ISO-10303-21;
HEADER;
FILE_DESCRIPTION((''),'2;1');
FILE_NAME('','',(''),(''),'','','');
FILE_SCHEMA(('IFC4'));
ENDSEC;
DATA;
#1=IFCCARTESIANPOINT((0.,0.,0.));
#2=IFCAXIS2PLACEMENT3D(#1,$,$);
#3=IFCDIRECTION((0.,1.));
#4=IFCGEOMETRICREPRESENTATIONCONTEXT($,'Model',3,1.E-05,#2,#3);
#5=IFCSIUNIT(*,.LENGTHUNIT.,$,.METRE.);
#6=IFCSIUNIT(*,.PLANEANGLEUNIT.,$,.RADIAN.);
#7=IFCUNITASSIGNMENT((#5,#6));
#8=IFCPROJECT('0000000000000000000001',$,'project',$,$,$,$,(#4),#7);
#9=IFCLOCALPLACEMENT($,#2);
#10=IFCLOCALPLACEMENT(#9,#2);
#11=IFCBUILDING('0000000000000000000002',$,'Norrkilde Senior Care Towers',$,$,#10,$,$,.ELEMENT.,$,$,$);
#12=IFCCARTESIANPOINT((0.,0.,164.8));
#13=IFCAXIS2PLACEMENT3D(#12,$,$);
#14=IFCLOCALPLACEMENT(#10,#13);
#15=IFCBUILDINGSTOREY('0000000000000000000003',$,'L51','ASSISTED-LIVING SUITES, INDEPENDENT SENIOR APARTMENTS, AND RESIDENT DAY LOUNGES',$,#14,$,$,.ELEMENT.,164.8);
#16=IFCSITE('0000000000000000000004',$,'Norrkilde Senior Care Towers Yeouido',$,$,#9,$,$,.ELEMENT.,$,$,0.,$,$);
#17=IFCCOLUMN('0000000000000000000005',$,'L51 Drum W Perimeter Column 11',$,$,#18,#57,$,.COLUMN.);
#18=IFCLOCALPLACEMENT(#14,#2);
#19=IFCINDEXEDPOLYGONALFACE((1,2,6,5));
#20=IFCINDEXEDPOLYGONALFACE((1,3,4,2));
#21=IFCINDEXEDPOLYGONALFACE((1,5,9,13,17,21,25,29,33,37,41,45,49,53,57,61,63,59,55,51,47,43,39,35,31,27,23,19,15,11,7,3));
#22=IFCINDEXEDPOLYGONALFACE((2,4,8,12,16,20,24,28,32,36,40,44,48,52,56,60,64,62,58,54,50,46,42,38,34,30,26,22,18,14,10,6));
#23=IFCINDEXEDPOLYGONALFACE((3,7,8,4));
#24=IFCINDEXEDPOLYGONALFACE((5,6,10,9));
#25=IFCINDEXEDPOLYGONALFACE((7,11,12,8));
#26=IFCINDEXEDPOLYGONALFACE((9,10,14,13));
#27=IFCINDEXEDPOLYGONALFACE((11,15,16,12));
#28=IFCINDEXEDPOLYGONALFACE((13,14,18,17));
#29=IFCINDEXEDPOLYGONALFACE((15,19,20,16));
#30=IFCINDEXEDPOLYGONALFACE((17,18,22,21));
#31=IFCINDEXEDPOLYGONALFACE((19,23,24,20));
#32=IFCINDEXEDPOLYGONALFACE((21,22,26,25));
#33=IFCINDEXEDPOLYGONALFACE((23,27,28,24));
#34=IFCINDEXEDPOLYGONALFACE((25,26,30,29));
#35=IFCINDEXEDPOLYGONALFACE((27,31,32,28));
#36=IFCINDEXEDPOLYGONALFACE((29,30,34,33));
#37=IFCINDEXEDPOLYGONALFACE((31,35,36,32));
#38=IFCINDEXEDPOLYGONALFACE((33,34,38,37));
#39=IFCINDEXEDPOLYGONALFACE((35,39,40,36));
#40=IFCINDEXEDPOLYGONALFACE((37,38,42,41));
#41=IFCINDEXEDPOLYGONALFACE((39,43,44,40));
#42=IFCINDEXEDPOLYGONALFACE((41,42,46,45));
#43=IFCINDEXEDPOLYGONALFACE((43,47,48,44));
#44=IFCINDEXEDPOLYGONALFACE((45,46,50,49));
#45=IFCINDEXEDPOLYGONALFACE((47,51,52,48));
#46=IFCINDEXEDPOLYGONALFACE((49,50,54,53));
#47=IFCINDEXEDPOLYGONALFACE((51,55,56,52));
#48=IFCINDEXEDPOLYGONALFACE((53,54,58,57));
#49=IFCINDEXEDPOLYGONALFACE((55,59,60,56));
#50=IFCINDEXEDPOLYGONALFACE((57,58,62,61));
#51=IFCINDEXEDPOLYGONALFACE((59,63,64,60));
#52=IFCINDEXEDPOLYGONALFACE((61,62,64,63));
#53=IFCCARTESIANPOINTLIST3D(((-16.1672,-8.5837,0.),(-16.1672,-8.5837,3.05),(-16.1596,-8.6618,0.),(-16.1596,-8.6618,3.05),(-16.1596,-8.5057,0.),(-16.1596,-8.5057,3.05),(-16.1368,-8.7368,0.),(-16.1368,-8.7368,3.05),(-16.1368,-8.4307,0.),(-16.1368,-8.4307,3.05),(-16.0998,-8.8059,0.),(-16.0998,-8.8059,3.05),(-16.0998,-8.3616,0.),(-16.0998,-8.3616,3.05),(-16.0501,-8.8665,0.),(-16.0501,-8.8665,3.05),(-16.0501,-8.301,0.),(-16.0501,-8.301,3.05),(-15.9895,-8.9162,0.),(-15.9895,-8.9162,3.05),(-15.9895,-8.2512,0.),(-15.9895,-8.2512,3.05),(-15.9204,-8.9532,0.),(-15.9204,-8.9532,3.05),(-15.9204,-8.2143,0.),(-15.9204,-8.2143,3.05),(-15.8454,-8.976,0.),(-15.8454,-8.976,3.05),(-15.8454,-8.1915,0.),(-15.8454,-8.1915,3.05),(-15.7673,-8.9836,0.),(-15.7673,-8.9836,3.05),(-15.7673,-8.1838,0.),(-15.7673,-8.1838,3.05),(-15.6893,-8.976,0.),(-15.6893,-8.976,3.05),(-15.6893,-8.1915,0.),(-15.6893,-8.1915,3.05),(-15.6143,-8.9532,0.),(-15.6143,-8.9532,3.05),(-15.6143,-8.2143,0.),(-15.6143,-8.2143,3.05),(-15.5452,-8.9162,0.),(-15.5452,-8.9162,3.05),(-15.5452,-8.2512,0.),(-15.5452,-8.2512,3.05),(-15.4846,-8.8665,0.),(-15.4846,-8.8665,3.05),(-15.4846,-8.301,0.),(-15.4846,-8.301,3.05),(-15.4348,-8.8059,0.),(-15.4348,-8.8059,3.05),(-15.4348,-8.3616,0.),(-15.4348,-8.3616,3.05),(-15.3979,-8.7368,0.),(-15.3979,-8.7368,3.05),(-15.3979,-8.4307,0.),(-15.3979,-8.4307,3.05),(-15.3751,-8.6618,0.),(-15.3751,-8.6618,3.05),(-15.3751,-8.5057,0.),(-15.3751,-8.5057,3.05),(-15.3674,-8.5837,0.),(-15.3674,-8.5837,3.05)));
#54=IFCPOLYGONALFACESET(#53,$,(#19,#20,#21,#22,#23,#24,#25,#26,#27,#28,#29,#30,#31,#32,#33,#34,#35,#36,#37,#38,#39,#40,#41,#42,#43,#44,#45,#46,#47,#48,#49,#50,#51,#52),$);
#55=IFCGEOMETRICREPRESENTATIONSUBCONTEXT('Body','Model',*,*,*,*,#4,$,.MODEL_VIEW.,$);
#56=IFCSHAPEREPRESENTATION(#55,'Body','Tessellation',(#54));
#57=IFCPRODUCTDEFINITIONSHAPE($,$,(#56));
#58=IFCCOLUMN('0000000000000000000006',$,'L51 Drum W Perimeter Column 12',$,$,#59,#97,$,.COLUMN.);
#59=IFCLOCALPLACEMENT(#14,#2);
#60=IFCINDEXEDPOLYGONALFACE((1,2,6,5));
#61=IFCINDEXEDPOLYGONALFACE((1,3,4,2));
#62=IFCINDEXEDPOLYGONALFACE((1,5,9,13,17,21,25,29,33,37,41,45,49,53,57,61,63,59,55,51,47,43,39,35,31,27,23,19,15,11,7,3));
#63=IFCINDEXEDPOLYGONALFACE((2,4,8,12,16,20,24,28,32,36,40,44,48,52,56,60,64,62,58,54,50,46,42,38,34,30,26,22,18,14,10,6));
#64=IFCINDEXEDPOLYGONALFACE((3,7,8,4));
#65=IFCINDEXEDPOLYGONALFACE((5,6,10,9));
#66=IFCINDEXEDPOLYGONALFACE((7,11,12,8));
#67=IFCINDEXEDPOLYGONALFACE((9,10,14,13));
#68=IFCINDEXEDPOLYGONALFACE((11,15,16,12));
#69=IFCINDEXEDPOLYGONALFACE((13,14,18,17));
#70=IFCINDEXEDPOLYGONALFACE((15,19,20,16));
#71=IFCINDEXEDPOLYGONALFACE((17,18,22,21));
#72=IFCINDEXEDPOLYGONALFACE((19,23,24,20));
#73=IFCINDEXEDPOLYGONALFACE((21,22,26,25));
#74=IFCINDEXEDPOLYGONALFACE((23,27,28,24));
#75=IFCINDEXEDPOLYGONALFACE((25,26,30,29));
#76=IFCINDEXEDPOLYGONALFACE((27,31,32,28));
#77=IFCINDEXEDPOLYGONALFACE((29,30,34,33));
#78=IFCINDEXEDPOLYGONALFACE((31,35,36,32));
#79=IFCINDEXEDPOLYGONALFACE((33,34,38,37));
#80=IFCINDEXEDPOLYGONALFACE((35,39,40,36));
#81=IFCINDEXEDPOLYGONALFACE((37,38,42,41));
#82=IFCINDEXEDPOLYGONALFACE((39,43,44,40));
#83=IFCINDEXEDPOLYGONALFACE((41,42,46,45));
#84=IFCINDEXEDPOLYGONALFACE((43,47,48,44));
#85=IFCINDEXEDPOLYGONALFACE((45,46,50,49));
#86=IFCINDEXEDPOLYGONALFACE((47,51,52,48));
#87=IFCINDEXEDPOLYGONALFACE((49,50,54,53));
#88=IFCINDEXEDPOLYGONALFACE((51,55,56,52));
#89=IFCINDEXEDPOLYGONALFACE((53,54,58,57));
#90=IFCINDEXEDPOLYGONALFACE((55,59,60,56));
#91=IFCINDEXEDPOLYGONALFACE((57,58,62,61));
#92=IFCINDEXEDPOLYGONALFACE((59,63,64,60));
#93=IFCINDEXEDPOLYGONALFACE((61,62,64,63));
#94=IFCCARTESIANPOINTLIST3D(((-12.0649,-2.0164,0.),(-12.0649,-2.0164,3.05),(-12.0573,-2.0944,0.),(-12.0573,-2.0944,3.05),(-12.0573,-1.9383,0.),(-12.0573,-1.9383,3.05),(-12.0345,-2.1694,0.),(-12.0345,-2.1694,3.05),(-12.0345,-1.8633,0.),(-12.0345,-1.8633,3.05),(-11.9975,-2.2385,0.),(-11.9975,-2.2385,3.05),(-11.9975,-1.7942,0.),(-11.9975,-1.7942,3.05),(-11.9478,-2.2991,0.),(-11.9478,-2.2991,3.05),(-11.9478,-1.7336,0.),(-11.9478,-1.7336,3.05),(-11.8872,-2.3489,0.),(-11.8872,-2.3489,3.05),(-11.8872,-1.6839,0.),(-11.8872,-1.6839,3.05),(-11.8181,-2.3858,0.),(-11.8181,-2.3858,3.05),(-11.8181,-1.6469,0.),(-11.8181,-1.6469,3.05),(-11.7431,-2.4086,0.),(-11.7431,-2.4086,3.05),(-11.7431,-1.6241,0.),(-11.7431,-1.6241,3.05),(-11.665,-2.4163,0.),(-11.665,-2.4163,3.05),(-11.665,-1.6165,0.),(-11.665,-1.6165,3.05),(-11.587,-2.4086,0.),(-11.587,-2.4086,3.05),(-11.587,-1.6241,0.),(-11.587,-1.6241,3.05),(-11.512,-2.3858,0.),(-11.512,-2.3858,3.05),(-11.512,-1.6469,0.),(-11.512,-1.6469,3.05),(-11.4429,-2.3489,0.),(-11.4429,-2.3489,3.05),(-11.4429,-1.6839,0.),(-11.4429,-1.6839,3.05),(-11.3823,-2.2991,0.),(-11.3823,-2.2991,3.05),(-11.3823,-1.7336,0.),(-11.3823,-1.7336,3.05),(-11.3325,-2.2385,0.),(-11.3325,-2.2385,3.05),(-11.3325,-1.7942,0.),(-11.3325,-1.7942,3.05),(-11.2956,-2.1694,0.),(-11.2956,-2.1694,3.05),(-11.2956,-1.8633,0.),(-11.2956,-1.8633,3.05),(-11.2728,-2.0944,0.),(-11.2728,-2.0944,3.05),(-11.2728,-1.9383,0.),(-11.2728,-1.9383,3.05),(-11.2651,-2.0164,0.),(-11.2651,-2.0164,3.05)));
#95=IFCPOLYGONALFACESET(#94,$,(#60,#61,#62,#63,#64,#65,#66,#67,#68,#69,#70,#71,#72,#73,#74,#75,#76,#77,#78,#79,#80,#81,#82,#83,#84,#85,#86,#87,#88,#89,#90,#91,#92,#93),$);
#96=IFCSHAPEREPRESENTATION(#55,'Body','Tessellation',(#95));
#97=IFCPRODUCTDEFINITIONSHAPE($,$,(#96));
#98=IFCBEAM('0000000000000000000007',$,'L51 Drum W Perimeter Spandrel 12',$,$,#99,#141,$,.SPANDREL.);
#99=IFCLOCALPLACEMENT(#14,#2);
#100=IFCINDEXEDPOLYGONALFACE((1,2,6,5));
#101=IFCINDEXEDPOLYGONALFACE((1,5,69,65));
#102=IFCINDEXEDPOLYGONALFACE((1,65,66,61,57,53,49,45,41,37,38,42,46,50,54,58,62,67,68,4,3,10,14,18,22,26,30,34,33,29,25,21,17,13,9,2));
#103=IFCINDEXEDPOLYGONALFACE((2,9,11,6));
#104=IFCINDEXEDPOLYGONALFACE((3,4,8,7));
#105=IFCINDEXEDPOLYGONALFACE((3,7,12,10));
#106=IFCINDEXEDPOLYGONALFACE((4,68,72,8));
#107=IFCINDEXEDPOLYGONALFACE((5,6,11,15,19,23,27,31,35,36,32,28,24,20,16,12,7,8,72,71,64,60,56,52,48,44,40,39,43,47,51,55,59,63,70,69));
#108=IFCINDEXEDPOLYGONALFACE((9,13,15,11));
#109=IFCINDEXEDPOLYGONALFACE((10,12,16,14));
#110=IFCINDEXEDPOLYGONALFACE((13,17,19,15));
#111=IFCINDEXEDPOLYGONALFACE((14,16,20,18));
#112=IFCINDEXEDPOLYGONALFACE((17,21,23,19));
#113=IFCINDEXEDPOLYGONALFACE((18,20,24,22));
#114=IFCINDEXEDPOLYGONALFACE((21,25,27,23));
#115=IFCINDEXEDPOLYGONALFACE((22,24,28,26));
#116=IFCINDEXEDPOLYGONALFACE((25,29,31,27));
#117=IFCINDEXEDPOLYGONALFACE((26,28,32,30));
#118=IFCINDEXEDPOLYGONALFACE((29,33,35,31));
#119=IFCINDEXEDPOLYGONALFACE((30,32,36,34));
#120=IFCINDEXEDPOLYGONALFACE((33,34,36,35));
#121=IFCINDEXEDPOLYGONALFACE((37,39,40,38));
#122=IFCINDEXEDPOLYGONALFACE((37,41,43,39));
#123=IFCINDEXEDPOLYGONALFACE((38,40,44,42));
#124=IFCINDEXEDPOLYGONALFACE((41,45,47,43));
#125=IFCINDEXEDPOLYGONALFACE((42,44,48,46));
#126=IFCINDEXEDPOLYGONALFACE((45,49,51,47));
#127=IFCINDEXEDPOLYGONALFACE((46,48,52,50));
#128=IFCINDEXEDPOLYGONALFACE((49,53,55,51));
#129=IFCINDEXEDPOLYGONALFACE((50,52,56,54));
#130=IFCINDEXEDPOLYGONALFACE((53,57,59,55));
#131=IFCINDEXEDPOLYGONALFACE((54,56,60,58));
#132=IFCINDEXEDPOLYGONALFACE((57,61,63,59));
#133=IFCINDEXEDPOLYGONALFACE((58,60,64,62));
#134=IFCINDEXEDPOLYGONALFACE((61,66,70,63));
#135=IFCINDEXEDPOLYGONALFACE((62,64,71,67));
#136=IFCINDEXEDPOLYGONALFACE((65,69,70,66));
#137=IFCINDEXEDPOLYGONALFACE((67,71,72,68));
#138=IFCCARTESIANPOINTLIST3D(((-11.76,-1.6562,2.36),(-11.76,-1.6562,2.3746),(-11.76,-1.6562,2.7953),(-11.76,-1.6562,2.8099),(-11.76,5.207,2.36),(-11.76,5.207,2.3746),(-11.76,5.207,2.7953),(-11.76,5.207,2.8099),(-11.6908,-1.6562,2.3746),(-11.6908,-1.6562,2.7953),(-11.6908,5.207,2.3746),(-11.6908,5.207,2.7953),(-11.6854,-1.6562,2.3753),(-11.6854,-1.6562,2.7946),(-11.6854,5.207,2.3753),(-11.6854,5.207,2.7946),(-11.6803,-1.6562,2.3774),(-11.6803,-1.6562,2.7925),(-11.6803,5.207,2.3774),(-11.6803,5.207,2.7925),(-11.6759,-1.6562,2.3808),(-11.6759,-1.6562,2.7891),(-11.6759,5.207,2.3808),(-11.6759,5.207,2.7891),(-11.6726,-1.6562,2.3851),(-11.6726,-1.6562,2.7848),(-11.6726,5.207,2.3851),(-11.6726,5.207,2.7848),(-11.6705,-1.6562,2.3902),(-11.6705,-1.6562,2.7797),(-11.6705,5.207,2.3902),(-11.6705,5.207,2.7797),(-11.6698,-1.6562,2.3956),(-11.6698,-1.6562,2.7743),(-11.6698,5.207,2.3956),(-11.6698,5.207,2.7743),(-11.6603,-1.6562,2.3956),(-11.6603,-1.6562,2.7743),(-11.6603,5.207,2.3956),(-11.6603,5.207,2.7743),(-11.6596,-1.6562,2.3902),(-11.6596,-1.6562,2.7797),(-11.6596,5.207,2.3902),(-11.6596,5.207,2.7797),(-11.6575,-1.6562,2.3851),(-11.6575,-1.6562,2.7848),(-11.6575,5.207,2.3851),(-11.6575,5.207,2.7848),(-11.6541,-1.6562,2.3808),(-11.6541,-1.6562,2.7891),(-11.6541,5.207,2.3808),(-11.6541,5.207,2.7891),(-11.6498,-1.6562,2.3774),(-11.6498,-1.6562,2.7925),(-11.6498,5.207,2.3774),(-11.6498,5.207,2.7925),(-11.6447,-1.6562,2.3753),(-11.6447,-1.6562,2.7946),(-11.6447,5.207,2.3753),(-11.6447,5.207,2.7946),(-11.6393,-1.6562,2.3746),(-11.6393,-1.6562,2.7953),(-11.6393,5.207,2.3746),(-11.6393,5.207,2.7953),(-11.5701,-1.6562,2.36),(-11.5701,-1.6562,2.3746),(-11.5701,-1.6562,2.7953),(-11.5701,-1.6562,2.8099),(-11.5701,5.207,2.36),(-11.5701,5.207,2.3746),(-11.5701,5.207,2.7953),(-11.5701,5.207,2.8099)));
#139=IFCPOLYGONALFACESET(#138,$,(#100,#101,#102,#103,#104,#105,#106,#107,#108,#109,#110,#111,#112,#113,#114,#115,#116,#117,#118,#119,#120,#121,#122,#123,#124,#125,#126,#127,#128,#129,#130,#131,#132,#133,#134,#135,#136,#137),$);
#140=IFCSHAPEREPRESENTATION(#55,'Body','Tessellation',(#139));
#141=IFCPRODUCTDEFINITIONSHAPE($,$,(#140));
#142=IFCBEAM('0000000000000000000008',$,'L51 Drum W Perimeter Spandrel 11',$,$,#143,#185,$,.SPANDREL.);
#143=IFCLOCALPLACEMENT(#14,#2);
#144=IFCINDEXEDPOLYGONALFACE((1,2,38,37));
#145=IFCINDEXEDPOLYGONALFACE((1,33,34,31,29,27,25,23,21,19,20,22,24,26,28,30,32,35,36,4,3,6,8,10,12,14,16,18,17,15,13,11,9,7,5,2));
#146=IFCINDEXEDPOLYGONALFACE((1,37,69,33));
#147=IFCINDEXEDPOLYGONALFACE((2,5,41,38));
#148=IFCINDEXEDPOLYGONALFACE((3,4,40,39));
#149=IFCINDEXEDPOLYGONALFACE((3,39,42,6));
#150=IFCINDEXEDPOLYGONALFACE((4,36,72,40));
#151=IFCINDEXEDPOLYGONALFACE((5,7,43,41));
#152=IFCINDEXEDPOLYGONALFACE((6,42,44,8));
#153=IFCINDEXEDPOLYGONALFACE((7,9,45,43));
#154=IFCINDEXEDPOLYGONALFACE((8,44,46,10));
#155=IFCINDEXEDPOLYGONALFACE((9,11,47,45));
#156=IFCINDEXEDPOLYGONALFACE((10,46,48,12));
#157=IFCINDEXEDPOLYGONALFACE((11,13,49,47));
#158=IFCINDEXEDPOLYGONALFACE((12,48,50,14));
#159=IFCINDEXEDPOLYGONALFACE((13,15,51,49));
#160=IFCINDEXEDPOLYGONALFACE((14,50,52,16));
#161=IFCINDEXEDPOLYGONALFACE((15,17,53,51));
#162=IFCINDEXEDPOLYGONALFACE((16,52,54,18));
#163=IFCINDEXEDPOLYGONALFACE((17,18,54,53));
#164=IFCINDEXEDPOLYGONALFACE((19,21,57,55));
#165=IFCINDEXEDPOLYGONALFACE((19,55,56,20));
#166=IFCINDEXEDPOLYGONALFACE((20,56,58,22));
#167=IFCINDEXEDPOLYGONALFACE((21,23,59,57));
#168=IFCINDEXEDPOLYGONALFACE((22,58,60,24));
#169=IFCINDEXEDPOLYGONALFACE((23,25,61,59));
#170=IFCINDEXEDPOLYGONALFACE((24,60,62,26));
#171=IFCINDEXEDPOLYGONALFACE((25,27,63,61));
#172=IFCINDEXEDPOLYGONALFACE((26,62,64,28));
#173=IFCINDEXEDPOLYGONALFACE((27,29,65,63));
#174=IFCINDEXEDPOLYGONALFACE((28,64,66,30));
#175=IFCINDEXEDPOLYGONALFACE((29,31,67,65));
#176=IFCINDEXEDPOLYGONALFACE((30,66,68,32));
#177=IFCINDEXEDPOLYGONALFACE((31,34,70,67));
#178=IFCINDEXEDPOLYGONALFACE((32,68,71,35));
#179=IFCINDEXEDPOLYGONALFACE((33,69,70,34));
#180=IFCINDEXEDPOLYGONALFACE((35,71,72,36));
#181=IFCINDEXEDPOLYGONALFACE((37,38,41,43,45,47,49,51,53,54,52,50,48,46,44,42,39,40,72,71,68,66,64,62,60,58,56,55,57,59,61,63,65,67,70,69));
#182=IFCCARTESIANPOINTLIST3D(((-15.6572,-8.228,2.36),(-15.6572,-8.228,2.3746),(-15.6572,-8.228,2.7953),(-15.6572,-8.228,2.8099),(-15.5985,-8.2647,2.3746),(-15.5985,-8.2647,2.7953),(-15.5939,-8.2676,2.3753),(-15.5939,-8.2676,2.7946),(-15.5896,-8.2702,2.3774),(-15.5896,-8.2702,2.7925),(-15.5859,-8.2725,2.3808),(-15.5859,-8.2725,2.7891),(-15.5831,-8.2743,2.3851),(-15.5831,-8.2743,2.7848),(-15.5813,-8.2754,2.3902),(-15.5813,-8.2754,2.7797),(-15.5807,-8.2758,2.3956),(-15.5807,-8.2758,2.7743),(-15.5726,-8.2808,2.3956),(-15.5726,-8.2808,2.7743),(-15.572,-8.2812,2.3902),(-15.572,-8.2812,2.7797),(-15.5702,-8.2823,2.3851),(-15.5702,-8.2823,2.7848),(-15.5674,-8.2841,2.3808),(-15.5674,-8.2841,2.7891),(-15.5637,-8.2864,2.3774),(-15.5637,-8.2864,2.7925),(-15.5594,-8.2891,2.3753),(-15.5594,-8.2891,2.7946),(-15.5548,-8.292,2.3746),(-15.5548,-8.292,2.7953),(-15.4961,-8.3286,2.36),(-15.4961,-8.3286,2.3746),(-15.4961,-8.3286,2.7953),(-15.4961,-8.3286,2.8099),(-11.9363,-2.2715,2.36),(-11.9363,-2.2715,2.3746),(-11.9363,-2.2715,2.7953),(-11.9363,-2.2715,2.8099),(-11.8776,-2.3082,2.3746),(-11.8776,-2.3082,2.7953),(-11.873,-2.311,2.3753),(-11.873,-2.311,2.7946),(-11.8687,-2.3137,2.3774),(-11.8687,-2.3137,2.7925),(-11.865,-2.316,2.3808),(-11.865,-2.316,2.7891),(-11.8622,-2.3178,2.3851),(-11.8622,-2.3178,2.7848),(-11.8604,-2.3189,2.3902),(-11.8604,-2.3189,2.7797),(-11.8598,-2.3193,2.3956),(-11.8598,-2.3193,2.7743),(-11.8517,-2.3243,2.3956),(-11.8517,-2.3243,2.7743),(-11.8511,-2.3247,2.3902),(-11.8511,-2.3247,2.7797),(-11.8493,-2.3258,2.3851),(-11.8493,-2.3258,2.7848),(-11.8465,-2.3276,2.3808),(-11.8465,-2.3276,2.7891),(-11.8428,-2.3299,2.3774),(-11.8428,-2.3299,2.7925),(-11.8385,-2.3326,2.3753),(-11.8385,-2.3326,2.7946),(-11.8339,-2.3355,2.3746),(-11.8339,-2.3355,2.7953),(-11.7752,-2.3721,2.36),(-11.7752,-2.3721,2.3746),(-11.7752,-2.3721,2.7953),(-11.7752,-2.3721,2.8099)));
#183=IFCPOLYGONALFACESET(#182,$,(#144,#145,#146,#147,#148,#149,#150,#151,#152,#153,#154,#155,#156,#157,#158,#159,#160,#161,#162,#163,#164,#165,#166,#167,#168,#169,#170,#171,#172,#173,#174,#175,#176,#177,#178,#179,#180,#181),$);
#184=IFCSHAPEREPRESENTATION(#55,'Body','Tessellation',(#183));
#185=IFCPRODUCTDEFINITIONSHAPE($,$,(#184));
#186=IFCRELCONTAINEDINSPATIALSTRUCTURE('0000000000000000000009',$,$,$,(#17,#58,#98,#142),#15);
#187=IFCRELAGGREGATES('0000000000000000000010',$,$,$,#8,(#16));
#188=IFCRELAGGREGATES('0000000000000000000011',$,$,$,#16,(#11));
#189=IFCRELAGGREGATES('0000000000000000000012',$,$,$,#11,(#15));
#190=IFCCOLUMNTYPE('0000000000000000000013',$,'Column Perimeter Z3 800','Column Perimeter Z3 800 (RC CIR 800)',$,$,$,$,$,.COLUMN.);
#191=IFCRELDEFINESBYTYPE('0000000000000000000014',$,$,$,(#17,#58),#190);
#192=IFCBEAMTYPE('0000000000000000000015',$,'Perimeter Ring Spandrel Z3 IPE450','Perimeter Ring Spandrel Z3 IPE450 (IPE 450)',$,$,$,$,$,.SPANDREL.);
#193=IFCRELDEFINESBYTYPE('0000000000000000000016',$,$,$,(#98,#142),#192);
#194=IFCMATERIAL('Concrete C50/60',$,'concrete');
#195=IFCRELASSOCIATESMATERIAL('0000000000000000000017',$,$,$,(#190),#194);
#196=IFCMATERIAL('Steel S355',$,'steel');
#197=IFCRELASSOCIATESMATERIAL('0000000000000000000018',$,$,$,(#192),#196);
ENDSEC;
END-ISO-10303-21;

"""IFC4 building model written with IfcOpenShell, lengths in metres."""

from ifc_helpers import new_model, si_unit, direction, frame, origin, origin_2d, place, context, subcontext, project, spatial, circle, i_section, extrude, source, transform, mapped, material, material_profile, profile_set, type_object, type_shapes, element, save


model = new_model("IFC4")

# Units and contexts
model_context = context("Model", 3, precision=1e-05, world=origin(), true_north=direction((0.0, 1.0)))
body_context = subcontext(model_context, "Body", "Model", "MODEL_VIEW")
ifc_project = project(units=[si_unit("LENGTHUNIT", "METRE"), si_unit("PLANEANGLEUNIT", "RADIAN")], contexts=[model_context])

# Site, building, storey
site_placement = place(None, origin())
site = spatial("IfcSite", under=ifc_project, at=site_placement, Name="Norrkilde Senior Care Towers Yeouido", CompositionType="ELEMENT", RefElevation=0.0)
building_placement = place(site_placement, origin())
building = spatial("IfcBuilding", under=site, at=building_placement, Name="Norrkilde Senior Care Towers", CompositionType="ELEMENT")
storey_placement = place(building_placement, frame((0.0, 0.0, 164.8)))
storey = spatial("IfcBuildingStorey", under=building, at=storey_placement, Name="L51", Description="ASSISTED-LIVING SUITES, INDEPENDENT SENIOR APARTMENTS, AND RESIDENT DAY LOUNGES", CompositionType="ELEMENT", Elevation=164.8)

# Columns
ifc_material_1 = material(Name="Concrete C50/60", Category="concrete")
ifc_material_profile_1 = material_profile(ifc_material_1, circle(Radius=0.3999, at=origin_2d()), Name="RC CIR 800")
ifc_profile_set_1 = profile_set([ifc_material_profile_1], Name="Concrete C50/60")
column_type = type_object("IfcColumnType", Name="Column Perimeter Z3 800", Description="Column Perimeter Z3 800 (RC CIR 800)", PredefinedType="COLUMN", material=ifc_profile_set_1)
shared_shape_1 = source(origin(), body_context, "Body", "SweptSolid", [
    extrude(circle(Radius=0.3999, at=origin_2d()), origin(), (0.0, 0.0, 1.0), 3.05),
])
type_shapes(column_type, [shared_shape_1])
for number, where, z_axis, x_axis, name in (
    (1, (-15.7673, -8.5837, 0.0), (0.0, 0.0, 1.0), (1.0, 0.0, 0.0), "L51 Drum W Perimeter Column 11"),
    (2, (-11.665, -2.0164, 0.0), (0.0, 0.0, 1.0), (1.0, 0.0, 0.0), "L51 Drum W Perimeter Column 12"),
):
    element("IfcColumn", number, at=place(storey_placement, frame(where, z_axis=z_axis, x_axis=x_axis)), inside=storey, type_object=column_type, Name=name, PredefinedType="COLUMN", context=body_context, shape_type="MappedRepresentation", body=[
        mapped(shared_shape_1, transform((0.0, 0.0, 0.0), x_axis=(1.0, 0.0, 0.0), y_axis=(0.0, 1.0, 0.0), z_axis=(0.0, 0.0, 1.0), scale=1.0)),
    ])

# Beams
ifc_material_2 = material(Name="Steel S355", Category="steel")
ifc_material_profile_2 = material_profile(ifc_material_2, i_section(OverallWidth=0.1899, OverallDepth=0.45, WebThickness=0.0095, FlangeThickness=0.0146, FilletRadius=0.021, at=origin_2d()), Name="IPE 450")
ifc_profile_set_2 = profile_set([ifc_material_profile_2], Name="Steel S355")
beam_type_1 = type_object("IfcBeamType", Name="Perimeter Ring Spandrel Z3 IPE450", Description="Perimeter Ring Spandrel Z3 IPE450 (IPE 450)", PredefinedType="SPANDREL", material=ifc_profile_set_2)
shared_shape_2 = source(origin(), body_context, "Body", "SweptSolid", [
    extrude(i_section(OverallWidth=0.1899, OverallDepth=0.45, WebThickness=0.0095, FlangeThickness=0.0146, FilletRadius=0.021, at=origin_2d()), origin(), (0.0, 0.0, 1.0), 6.8633),
])
beam_1_placement = place(storey_placement, frame((-11.665, -1.6562, 2.585), z_axis=(0.0, 1.0, 0.0), x_axis=(-1.0, 0.0, 0.0)))
element("IfcBeam", 3, at=beam_1_placement, inside=storey, type_object=beam_type_1, Name="L51 Drum W Perimeter Spandrel 12", PredefinedType="SPANDREL", context=body_context, shape_type="MappedRepresentation", body=[
    mapped(shared_shape_2, transform((0.0, 0.0, 0.0), x_axis=(1.0, 0.0, 0.0), y_axis=(0.0, 1.0, 0.0), z_axis=(0.0, 0.0, 1.0), scale=1.0)),
])
shared_shape_3 = source(origin(), body_context, "Body", "SweptSolid", [
    extrude(i_section(OverallWidth=0.1899, OverallDepth=0.45, WebThickness=0.0095, FlangeThickness=0.0146, FilletRadius=0.021, at=origin_2d()), origin(), (0.0, 0.0, 1.0), 7.0232),
])
type_shapes(beam_type_1, [shared_shape_2, shared_shape_3])
beam_2_placement = place(storey_placement, frame((-15.5767, -8.2783, 2.585), z_axis=(0.529805, 0.848119, 0.0), x_axis=(-0.848119, 0.529805, 0.0)))
element("IfcBeam", 4, at=beam_2_placement, inside=storey, type_object=beam_type_1, Name="L51 Drum W Perimeter Spandrel 11", PredefinedType="SPANDREL", context=body_context, shape_type="MappedRepresentation", body=[
    mapped(shared_shape_3, transform((0.0, 0.0, 0.0), x_axis=(1.0, 0.0, 0.0), y_axis=(0.0, 1.0, 0.0), z_axis=(0.0, 0.0, 1.0), scale=1.0)),
])

save(model, "model.ifc")
